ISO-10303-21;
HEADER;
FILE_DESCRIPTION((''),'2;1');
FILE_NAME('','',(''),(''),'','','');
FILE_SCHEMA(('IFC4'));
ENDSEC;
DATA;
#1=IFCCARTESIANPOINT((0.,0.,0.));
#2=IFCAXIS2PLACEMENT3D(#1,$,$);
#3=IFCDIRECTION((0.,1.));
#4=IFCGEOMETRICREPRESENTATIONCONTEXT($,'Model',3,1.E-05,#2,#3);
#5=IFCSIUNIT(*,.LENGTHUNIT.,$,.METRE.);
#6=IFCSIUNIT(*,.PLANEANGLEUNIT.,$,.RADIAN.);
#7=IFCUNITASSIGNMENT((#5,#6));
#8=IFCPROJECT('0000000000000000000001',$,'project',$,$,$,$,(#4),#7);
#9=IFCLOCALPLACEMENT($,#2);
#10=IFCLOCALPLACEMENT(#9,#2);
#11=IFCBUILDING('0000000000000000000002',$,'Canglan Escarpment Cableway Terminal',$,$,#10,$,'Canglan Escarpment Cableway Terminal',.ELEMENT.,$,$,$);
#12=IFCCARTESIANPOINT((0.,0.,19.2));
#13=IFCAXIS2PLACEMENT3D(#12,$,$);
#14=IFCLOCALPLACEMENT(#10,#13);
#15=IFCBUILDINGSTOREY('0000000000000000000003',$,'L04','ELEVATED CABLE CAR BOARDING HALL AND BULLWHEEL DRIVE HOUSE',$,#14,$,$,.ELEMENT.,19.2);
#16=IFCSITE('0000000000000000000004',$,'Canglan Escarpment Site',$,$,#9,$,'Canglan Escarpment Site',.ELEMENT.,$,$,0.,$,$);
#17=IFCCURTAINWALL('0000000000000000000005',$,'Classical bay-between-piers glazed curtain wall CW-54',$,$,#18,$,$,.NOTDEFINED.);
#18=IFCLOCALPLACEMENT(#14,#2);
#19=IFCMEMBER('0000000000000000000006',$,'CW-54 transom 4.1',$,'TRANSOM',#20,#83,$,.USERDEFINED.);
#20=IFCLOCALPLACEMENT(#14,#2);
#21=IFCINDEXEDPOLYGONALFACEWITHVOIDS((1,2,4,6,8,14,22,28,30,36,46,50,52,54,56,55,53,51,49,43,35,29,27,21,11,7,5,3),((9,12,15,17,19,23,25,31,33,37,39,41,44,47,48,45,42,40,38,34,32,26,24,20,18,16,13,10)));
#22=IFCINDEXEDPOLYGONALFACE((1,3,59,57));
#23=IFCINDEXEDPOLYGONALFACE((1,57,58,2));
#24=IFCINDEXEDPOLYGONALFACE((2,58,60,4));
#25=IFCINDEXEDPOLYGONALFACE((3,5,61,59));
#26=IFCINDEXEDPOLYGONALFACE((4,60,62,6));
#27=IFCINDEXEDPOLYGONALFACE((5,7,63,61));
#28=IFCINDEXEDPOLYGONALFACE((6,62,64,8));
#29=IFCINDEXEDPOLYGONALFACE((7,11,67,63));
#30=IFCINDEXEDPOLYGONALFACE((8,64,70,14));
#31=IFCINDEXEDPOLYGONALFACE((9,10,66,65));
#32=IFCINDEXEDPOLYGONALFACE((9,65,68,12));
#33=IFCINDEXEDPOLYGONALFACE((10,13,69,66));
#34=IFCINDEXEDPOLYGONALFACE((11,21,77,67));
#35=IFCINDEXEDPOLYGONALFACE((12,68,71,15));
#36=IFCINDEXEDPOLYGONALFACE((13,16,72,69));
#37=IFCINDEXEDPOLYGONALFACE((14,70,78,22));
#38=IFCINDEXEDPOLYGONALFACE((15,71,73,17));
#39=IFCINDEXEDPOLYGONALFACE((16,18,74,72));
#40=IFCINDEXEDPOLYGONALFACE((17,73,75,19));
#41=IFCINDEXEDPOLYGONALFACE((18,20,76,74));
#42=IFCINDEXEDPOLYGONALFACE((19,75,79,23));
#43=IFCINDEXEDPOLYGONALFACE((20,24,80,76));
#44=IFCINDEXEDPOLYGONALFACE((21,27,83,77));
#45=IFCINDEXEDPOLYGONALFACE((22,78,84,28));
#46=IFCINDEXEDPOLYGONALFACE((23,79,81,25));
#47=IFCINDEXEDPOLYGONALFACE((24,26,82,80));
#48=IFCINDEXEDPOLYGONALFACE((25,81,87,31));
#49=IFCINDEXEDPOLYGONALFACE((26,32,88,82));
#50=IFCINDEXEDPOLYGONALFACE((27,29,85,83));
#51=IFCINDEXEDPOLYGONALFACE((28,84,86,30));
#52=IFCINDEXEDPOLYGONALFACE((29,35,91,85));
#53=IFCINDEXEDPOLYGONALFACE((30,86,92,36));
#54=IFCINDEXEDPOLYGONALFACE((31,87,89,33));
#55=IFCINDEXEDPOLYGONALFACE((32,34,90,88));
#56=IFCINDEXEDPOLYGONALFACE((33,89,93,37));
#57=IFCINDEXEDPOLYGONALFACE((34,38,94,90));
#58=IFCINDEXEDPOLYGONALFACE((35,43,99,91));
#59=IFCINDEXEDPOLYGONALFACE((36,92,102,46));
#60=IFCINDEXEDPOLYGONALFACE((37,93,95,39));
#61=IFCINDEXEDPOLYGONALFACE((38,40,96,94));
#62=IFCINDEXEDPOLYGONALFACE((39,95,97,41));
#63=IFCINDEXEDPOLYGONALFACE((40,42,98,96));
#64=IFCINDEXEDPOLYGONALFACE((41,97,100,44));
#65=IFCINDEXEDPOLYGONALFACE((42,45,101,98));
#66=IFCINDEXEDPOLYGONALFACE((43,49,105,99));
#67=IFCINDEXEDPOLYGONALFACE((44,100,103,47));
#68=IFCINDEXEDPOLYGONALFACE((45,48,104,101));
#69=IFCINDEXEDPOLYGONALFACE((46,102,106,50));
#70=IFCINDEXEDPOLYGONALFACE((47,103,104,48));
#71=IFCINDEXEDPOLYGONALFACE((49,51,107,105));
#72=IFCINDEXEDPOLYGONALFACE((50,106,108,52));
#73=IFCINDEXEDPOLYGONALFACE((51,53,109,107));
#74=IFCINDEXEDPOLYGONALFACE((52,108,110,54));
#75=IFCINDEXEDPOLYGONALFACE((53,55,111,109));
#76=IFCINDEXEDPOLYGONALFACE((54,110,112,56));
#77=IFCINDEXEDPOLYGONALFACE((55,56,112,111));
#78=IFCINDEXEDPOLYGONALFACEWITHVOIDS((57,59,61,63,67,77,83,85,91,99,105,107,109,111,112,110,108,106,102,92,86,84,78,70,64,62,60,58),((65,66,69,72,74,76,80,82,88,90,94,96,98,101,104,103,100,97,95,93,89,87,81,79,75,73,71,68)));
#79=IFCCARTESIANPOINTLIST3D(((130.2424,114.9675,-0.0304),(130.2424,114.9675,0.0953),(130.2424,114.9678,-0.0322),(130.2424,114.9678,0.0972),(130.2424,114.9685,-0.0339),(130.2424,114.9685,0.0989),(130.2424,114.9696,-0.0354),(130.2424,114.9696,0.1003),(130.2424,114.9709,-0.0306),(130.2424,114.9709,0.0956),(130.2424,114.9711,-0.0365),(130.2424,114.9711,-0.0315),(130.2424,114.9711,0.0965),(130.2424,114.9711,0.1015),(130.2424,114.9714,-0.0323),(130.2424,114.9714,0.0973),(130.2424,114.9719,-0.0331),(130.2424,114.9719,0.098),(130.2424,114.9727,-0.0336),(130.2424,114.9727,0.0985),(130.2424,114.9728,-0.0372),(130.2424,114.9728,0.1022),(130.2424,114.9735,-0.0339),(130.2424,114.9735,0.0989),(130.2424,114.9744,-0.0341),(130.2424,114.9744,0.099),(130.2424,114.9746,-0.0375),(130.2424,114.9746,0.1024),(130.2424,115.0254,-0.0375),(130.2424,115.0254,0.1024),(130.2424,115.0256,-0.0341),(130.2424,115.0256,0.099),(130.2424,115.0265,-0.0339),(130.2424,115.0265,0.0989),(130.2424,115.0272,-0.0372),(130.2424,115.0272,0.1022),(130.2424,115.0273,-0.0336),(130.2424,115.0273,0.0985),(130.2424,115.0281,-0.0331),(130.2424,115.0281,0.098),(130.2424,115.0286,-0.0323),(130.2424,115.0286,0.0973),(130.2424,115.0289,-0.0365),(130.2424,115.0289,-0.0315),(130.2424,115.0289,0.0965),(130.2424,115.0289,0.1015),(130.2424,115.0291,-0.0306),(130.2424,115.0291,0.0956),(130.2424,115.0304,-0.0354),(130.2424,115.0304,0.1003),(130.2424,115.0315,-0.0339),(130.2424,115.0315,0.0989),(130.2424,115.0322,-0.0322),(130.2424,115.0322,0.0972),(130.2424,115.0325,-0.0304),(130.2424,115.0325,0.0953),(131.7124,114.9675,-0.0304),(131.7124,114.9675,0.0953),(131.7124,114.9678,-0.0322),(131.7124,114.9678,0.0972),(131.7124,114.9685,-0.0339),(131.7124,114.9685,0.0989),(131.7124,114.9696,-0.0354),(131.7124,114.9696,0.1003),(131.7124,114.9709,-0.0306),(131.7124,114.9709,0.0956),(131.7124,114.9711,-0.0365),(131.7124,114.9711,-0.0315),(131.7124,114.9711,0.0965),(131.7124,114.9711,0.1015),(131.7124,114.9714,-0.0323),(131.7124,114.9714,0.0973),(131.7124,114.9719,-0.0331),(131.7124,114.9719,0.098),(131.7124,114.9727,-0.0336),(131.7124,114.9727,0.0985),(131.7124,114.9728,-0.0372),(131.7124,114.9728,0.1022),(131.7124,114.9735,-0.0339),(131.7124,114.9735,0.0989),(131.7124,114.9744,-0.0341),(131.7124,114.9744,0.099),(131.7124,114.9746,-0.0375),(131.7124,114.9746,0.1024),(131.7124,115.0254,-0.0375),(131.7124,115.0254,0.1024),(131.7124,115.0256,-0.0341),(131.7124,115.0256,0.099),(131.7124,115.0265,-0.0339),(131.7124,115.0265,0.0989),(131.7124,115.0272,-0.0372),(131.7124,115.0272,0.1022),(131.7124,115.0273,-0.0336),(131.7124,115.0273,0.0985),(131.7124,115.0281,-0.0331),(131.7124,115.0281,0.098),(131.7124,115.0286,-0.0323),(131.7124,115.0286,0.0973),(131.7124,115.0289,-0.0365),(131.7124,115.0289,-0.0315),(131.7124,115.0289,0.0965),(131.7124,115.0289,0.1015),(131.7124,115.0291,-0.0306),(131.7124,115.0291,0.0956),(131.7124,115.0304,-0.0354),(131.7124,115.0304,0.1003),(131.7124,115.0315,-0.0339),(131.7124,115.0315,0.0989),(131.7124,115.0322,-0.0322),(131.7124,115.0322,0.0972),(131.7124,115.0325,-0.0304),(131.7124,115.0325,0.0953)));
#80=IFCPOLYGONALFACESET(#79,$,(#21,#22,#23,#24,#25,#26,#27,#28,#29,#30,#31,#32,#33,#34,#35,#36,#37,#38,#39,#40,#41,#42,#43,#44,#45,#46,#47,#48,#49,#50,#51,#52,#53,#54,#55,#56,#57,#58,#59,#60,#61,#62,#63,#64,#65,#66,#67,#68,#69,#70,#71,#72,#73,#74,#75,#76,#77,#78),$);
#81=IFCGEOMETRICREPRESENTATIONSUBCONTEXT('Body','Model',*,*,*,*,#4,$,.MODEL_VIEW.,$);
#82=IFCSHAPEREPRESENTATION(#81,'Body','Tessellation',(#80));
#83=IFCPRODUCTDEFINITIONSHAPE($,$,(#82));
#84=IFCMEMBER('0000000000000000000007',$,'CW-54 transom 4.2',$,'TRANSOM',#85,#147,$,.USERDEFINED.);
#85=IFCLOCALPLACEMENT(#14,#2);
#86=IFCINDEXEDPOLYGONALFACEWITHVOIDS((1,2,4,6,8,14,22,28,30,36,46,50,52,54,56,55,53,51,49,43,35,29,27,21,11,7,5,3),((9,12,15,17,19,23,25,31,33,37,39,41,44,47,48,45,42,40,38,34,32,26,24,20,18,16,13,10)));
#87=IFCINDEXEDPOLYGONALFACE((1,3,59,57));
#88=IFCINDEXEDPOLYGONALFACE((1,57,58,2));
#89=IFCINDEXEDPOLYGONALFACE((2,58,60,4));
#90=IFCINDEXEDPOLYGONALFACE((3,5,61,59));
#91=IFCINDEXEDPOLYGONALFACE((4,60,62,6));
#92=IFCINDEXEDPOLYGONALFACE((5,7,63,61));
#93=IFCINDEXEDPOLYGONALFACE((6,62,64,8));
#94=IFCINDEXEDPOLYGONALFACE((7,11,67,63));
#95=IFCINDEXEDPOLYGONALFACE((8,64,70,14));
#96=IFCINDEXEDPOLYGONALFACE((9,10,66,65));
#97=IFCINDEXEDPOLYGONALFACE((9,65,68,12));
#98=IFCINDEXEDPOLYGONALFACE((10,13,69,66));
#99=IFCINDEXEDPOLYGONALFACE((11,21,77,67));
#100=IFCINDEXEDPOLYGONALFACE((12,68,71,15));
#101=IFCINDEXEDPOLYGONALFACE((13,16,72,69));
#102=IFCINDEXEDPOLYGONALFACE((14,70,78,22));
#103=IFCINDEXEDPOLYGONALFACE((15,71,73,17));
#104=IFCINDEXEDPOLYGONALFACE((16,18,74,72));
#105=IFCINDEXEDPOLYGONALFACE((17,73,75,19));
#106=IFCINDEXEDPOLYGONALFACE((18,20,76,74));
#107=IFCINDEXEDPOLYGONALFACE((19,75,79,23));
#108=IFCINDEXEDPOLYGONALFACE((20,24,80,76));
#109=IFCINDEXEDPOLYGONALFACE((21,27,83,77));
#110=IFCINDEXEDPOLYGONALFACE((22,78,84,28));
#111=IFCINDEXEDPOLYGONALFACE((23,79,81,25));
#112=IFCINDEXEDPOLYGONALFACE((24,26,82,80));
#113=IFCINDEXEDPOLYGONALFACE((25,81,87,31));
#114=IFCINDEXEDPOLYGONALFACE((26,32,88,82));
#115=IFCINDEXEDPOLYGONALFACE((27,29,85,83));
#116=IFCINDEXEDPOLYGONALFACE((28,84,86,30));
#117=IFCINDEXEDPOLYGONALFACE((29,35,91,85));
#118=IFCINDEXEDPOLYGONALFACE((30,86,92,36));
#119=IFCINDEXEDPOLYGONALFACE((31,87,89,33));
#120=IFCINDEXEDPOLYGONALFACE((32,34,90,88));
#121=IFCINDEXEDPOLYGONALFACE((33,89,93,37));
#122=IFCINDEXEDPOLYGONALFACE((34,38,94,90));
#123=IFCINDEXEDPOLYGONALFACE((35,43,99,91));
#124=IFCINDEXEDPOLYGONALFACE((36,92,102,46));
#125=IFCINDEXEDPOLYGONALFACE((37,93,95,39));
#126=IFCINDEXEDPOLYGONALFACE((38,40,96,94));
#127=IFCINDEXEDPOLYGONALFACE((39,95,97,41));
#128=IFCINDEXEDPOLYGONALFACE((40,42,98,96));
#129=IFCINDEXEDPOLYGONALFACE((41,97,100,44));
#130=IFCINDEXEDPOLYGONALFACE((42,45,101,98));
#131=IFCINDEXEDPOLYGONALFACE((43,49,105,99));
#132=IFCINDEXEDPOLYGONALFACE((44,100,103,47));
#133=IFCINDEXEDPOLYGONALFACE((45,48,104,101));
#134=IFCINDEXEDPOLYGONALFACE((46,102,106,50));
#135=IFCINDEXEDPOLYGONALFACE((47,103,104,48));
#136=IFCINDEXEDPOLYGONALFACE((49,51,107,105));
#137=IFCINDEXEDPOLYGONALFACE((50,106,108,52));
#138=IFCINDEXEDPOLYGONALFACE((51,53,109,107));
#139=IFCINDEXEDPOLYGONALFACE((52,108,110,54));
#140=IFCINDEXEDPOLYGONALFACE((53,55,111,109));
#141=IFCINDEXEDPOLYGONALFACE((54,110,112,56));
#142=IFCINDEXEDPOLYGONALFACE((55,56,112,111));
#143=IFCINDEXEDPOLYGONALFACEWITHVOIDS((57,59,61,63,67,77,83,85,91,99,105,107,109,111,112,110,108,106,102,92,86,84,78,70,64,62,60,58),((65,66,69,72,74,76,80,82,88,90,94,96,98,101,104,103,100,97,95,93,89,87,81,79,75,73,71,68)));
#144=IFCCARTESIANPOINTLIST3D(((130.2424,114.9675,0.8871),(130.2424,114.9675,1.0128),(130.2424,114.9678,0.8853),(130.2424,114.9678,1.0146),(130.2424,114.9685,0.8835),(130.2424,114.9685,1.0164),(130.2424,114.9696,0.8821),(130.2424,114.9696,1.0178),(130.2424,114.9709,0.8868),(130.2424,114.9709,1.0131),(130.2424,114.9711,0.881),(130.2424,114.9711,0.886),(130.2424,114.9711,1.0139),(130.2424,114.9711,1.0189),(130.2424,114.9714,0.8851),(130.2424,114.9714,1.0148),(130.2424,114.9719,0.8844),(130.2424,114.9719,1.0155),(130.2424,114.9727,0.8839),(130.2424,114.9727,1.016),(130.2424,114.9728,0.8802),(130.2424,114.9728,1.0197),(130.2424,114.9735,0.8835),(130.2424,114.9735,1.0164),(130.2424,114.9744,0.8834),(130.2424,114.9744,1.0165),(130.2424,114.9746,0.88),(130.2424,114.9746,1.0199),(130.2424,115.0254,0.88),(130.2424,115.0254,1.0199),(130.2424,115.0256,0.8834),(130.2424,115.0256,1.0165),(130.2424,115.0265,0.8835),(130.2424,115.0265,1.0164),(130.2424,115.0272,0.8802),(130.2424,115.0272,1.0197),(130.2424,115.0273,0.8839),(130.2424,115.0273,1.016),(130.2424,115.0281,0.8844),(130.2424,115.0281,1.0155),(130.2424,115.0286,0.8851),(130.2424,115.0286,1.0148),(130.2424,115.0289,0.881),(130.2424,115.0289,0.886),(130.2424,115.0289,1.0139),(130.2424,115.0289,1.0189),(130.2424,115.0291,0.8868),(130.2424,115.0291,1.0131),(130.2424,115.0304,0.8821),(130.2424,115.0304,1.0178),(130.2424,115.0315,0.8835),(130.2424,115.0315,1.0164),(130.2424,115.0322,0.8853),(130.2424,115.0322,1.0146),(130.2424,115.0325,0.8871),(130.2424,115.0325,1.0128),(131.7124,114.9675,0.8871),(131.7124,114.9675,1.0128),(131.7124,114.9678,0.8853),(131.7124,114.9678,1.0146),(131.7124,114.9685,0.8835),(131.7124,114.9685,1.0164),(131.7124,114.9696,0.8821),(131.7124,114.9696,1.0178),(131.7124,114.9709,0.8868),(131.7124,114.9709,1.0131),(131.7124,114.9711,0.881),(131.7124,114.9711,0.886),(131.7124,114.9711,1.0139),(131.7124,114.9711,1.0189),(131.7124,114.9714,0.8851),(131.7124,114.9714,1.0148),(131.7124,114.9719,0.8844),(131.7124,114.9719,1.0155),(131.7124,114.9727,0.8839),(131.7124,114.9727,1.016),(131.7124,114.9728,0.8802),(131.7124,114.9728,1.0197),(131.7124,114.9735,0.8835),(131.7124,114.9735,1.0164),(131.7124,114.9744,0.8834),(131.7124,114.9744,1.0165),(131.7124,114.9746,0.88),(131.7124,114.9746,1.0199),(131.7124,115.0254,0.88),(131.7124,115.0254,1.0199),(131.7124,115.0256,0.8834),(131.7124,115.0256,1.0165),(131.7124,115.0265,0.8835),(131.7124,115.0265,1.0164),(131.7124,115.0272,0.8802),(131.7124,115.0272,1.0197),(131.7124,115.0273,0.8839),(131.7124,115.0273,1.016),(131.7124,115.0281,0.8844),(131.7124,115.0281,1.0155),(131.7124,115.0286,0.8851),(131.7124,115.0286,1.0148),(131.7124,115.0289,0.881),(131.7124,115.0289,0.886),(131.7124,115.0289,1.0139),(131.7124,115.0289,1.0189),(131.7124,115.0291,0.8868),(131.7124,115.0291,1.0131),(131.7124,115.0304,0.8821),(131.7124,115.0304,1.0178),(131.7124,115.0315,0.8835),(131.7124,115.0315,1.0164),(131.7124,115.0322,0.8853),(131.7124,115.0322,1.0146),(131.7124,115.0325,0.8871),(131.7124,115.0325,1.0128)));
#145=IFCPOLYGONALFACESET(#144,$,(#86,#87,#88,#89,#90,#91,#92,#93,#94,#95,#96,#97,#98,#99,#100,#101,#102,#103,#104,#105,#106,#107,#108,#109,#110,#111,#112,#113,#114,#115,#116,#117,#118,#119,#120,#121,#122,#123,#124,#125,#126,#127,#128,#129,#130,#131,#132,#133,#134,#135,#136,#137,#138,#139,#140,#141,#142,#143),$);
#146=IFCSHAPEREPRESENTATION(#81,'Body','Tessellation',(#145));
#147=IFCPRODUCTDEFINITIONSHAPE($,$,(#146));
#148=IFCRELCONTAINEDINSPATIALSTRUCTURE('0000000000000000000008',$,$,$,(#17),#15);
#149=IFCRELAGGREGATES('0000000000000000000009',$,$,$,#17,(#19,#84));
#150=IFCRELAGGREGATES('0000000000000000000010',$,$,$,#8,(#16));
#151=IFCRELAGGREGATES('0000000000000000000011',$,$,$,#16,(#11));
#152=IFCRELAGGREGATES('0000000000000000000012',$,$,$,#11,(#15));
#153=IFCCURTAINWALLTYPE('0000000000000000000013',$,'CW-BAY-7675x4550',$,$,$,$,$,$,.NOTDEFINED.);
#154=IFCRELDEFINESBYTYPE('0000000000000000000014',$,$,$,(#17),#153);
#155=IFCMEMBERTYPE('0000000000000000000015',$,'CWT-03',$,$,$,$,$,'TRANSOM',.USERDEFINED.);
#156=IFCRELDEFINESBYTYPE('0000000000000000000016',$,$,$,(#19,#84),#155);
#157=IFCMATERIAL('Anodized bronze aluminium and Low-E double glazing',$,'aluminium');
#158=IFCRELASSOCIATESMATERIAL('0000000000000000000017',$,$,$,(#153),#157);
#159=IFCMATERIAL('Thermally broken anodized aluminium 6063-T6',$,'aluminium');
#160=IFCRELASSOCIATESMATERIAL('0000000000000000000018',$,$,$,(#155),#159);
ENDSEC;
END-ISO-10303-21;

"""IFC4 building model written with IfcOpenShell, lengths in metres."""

from ifc_helpers import new_model, si_unit, direction, frame, origin, origin_2d, place, context, subcontext, project, spatial, hollow_rectangle, extrude, material, material_profile, profile_set, type_object, element, aggregate, save


model = new_model("IFC4")

# Units and contexts
model_context = context("Model", 3, precision=1e-05, world=origin(), true_north=direction((0.0, 1.0)))
body_context = subcontext(model_context, "Body", "Model", "MODEL_VIEW")
ifc_project = project(units=[si_unit("LENGTHUNIT", "METRE"), si_unit("PLANEANGLEUNIT", "RADIAN")], contexts=[model_context])

# Site, building, storey
site_placement = place(None, origin())
site = spatial("IfcSite", under=ifc_project, at=site_placement, Name="Canglan Escarpment Site", LongName="Canglan Escarpment Site", CompositionType="ELEMENT", RefElevation=0.0)
building_placement = place(site_placement, origin())
building = spatial("IfcBuilding", under=site, at=building_placement, Name="Canglan Escarpment Cableway Terminal", LongName="Canglan Escarpment Cableway Terminal", CompositionType="ELEMENT")
storey_placement = place(building_placement, frame((0.0, 0.0, 19.2)))
storey = spatial("IfcBuildingStorey", under=building, at=storey_placement, Name="L04", Description="ELEVATED CABLE CAR BOARDING HALL AND BULLWHEEL DRIVE HOUSE", CompositionType="ELEMENT", Elevation=19.2)

# Curtain wall, members
ifc_material_1 = material(Name="Anodized bronze aluminium and Low-E double glazing", Category="aluminium")
curtain_wall_type = type_object("IfcCurtainWallType", Name="CW-BAY-7675x4550", PredefinedType="NOTDEFINED", material=ifc_material_1)
curtain_wall_placement = place(storey_placement, origin())
curtain_wall = element("IfcCurtainWall", 1, at=curtain_wall_placement, inside=storey, type_object=curtain_wall_type, Name="Classical bay-between-piers glazed curtain wall CW-54", PredefinedType="NOTDEFINED")
ifc_material_2 = material(Name="Thermally broken anodized aluminium 6063-T6", Category="aluminium")
ifc_material_profile_1 = material_profile(ifc_material_2, hollow_rectangle(XDim=0.0649, YDim=0.1399, WallThickness=0.0034, InnerFilletRadius=0.0034, OuterFilletRadius=0.0071, at=origin_2d()), Name="ALU-TRAN 65x140x3.5")
ifc_profile_set_1 = profile_set([ifc_material_profile_1], Name="Thermally broken anodized aluminium 6063-T6")
member_type_1 = type_object("IfcMemberType", Name="CWT-03", ElementType="TRANSOM", PredefinedType="USERDEFINED", material=ifc_profile_set_1)
member_1_placement = place(storey_placement, frame((131.7124, 115.0, 0.0325), z_axis=(-1.0, 0.0, 0.0), x_axis=(0.0, -1.0, 0.0)))
member_1 = element("IfcMember", 2, at=member_1_placement, type_object=member_type_1, Name="CW-54 transom 4.1", ObjectType="TRANSOM", PredefinedType="USERDEFINED", context=body_context, shape_type="SweptSolid", body=[
    extrude(hollow_rectangle(XDim=0.0649, YDim=0.1399, WallThickness=0.0034, InnerFilletRadius=0.0034, OuterFilletRadius=0.0071, at=origin_2d()), origin(), (0.0, 0.0, 1.0), 1.47),
])
member_2_placement = place(storey_placement, frame((131.7124, 115.0, 0.95), z_axis=(-1.0, 0.0, 0.0), x_axis=(0.0, -1.0, 0.0)))
member_2 = element("IfcMember", 3, at=member_2_placement, type_object=member_type_1, Name="CW-54 transom 4.2", ObjectType="TRANSOM", PredefinedType="USERDEFINED", context=body_context, shape_type="SweptSolid", body=[
    extrude(hollow_rectangle(XDim=0.0649, YDim=0.1399, WallThickness=0.0034, InnerFilletRadius=0.0034, OuterFilletRadius=0.0071, at=origin_2d()), origin(), (0.0, 0.0, 1.0), 1.47),
])
aggregate(curtain_wall, [member_1, member_2])

save(model, "model.ifc")
